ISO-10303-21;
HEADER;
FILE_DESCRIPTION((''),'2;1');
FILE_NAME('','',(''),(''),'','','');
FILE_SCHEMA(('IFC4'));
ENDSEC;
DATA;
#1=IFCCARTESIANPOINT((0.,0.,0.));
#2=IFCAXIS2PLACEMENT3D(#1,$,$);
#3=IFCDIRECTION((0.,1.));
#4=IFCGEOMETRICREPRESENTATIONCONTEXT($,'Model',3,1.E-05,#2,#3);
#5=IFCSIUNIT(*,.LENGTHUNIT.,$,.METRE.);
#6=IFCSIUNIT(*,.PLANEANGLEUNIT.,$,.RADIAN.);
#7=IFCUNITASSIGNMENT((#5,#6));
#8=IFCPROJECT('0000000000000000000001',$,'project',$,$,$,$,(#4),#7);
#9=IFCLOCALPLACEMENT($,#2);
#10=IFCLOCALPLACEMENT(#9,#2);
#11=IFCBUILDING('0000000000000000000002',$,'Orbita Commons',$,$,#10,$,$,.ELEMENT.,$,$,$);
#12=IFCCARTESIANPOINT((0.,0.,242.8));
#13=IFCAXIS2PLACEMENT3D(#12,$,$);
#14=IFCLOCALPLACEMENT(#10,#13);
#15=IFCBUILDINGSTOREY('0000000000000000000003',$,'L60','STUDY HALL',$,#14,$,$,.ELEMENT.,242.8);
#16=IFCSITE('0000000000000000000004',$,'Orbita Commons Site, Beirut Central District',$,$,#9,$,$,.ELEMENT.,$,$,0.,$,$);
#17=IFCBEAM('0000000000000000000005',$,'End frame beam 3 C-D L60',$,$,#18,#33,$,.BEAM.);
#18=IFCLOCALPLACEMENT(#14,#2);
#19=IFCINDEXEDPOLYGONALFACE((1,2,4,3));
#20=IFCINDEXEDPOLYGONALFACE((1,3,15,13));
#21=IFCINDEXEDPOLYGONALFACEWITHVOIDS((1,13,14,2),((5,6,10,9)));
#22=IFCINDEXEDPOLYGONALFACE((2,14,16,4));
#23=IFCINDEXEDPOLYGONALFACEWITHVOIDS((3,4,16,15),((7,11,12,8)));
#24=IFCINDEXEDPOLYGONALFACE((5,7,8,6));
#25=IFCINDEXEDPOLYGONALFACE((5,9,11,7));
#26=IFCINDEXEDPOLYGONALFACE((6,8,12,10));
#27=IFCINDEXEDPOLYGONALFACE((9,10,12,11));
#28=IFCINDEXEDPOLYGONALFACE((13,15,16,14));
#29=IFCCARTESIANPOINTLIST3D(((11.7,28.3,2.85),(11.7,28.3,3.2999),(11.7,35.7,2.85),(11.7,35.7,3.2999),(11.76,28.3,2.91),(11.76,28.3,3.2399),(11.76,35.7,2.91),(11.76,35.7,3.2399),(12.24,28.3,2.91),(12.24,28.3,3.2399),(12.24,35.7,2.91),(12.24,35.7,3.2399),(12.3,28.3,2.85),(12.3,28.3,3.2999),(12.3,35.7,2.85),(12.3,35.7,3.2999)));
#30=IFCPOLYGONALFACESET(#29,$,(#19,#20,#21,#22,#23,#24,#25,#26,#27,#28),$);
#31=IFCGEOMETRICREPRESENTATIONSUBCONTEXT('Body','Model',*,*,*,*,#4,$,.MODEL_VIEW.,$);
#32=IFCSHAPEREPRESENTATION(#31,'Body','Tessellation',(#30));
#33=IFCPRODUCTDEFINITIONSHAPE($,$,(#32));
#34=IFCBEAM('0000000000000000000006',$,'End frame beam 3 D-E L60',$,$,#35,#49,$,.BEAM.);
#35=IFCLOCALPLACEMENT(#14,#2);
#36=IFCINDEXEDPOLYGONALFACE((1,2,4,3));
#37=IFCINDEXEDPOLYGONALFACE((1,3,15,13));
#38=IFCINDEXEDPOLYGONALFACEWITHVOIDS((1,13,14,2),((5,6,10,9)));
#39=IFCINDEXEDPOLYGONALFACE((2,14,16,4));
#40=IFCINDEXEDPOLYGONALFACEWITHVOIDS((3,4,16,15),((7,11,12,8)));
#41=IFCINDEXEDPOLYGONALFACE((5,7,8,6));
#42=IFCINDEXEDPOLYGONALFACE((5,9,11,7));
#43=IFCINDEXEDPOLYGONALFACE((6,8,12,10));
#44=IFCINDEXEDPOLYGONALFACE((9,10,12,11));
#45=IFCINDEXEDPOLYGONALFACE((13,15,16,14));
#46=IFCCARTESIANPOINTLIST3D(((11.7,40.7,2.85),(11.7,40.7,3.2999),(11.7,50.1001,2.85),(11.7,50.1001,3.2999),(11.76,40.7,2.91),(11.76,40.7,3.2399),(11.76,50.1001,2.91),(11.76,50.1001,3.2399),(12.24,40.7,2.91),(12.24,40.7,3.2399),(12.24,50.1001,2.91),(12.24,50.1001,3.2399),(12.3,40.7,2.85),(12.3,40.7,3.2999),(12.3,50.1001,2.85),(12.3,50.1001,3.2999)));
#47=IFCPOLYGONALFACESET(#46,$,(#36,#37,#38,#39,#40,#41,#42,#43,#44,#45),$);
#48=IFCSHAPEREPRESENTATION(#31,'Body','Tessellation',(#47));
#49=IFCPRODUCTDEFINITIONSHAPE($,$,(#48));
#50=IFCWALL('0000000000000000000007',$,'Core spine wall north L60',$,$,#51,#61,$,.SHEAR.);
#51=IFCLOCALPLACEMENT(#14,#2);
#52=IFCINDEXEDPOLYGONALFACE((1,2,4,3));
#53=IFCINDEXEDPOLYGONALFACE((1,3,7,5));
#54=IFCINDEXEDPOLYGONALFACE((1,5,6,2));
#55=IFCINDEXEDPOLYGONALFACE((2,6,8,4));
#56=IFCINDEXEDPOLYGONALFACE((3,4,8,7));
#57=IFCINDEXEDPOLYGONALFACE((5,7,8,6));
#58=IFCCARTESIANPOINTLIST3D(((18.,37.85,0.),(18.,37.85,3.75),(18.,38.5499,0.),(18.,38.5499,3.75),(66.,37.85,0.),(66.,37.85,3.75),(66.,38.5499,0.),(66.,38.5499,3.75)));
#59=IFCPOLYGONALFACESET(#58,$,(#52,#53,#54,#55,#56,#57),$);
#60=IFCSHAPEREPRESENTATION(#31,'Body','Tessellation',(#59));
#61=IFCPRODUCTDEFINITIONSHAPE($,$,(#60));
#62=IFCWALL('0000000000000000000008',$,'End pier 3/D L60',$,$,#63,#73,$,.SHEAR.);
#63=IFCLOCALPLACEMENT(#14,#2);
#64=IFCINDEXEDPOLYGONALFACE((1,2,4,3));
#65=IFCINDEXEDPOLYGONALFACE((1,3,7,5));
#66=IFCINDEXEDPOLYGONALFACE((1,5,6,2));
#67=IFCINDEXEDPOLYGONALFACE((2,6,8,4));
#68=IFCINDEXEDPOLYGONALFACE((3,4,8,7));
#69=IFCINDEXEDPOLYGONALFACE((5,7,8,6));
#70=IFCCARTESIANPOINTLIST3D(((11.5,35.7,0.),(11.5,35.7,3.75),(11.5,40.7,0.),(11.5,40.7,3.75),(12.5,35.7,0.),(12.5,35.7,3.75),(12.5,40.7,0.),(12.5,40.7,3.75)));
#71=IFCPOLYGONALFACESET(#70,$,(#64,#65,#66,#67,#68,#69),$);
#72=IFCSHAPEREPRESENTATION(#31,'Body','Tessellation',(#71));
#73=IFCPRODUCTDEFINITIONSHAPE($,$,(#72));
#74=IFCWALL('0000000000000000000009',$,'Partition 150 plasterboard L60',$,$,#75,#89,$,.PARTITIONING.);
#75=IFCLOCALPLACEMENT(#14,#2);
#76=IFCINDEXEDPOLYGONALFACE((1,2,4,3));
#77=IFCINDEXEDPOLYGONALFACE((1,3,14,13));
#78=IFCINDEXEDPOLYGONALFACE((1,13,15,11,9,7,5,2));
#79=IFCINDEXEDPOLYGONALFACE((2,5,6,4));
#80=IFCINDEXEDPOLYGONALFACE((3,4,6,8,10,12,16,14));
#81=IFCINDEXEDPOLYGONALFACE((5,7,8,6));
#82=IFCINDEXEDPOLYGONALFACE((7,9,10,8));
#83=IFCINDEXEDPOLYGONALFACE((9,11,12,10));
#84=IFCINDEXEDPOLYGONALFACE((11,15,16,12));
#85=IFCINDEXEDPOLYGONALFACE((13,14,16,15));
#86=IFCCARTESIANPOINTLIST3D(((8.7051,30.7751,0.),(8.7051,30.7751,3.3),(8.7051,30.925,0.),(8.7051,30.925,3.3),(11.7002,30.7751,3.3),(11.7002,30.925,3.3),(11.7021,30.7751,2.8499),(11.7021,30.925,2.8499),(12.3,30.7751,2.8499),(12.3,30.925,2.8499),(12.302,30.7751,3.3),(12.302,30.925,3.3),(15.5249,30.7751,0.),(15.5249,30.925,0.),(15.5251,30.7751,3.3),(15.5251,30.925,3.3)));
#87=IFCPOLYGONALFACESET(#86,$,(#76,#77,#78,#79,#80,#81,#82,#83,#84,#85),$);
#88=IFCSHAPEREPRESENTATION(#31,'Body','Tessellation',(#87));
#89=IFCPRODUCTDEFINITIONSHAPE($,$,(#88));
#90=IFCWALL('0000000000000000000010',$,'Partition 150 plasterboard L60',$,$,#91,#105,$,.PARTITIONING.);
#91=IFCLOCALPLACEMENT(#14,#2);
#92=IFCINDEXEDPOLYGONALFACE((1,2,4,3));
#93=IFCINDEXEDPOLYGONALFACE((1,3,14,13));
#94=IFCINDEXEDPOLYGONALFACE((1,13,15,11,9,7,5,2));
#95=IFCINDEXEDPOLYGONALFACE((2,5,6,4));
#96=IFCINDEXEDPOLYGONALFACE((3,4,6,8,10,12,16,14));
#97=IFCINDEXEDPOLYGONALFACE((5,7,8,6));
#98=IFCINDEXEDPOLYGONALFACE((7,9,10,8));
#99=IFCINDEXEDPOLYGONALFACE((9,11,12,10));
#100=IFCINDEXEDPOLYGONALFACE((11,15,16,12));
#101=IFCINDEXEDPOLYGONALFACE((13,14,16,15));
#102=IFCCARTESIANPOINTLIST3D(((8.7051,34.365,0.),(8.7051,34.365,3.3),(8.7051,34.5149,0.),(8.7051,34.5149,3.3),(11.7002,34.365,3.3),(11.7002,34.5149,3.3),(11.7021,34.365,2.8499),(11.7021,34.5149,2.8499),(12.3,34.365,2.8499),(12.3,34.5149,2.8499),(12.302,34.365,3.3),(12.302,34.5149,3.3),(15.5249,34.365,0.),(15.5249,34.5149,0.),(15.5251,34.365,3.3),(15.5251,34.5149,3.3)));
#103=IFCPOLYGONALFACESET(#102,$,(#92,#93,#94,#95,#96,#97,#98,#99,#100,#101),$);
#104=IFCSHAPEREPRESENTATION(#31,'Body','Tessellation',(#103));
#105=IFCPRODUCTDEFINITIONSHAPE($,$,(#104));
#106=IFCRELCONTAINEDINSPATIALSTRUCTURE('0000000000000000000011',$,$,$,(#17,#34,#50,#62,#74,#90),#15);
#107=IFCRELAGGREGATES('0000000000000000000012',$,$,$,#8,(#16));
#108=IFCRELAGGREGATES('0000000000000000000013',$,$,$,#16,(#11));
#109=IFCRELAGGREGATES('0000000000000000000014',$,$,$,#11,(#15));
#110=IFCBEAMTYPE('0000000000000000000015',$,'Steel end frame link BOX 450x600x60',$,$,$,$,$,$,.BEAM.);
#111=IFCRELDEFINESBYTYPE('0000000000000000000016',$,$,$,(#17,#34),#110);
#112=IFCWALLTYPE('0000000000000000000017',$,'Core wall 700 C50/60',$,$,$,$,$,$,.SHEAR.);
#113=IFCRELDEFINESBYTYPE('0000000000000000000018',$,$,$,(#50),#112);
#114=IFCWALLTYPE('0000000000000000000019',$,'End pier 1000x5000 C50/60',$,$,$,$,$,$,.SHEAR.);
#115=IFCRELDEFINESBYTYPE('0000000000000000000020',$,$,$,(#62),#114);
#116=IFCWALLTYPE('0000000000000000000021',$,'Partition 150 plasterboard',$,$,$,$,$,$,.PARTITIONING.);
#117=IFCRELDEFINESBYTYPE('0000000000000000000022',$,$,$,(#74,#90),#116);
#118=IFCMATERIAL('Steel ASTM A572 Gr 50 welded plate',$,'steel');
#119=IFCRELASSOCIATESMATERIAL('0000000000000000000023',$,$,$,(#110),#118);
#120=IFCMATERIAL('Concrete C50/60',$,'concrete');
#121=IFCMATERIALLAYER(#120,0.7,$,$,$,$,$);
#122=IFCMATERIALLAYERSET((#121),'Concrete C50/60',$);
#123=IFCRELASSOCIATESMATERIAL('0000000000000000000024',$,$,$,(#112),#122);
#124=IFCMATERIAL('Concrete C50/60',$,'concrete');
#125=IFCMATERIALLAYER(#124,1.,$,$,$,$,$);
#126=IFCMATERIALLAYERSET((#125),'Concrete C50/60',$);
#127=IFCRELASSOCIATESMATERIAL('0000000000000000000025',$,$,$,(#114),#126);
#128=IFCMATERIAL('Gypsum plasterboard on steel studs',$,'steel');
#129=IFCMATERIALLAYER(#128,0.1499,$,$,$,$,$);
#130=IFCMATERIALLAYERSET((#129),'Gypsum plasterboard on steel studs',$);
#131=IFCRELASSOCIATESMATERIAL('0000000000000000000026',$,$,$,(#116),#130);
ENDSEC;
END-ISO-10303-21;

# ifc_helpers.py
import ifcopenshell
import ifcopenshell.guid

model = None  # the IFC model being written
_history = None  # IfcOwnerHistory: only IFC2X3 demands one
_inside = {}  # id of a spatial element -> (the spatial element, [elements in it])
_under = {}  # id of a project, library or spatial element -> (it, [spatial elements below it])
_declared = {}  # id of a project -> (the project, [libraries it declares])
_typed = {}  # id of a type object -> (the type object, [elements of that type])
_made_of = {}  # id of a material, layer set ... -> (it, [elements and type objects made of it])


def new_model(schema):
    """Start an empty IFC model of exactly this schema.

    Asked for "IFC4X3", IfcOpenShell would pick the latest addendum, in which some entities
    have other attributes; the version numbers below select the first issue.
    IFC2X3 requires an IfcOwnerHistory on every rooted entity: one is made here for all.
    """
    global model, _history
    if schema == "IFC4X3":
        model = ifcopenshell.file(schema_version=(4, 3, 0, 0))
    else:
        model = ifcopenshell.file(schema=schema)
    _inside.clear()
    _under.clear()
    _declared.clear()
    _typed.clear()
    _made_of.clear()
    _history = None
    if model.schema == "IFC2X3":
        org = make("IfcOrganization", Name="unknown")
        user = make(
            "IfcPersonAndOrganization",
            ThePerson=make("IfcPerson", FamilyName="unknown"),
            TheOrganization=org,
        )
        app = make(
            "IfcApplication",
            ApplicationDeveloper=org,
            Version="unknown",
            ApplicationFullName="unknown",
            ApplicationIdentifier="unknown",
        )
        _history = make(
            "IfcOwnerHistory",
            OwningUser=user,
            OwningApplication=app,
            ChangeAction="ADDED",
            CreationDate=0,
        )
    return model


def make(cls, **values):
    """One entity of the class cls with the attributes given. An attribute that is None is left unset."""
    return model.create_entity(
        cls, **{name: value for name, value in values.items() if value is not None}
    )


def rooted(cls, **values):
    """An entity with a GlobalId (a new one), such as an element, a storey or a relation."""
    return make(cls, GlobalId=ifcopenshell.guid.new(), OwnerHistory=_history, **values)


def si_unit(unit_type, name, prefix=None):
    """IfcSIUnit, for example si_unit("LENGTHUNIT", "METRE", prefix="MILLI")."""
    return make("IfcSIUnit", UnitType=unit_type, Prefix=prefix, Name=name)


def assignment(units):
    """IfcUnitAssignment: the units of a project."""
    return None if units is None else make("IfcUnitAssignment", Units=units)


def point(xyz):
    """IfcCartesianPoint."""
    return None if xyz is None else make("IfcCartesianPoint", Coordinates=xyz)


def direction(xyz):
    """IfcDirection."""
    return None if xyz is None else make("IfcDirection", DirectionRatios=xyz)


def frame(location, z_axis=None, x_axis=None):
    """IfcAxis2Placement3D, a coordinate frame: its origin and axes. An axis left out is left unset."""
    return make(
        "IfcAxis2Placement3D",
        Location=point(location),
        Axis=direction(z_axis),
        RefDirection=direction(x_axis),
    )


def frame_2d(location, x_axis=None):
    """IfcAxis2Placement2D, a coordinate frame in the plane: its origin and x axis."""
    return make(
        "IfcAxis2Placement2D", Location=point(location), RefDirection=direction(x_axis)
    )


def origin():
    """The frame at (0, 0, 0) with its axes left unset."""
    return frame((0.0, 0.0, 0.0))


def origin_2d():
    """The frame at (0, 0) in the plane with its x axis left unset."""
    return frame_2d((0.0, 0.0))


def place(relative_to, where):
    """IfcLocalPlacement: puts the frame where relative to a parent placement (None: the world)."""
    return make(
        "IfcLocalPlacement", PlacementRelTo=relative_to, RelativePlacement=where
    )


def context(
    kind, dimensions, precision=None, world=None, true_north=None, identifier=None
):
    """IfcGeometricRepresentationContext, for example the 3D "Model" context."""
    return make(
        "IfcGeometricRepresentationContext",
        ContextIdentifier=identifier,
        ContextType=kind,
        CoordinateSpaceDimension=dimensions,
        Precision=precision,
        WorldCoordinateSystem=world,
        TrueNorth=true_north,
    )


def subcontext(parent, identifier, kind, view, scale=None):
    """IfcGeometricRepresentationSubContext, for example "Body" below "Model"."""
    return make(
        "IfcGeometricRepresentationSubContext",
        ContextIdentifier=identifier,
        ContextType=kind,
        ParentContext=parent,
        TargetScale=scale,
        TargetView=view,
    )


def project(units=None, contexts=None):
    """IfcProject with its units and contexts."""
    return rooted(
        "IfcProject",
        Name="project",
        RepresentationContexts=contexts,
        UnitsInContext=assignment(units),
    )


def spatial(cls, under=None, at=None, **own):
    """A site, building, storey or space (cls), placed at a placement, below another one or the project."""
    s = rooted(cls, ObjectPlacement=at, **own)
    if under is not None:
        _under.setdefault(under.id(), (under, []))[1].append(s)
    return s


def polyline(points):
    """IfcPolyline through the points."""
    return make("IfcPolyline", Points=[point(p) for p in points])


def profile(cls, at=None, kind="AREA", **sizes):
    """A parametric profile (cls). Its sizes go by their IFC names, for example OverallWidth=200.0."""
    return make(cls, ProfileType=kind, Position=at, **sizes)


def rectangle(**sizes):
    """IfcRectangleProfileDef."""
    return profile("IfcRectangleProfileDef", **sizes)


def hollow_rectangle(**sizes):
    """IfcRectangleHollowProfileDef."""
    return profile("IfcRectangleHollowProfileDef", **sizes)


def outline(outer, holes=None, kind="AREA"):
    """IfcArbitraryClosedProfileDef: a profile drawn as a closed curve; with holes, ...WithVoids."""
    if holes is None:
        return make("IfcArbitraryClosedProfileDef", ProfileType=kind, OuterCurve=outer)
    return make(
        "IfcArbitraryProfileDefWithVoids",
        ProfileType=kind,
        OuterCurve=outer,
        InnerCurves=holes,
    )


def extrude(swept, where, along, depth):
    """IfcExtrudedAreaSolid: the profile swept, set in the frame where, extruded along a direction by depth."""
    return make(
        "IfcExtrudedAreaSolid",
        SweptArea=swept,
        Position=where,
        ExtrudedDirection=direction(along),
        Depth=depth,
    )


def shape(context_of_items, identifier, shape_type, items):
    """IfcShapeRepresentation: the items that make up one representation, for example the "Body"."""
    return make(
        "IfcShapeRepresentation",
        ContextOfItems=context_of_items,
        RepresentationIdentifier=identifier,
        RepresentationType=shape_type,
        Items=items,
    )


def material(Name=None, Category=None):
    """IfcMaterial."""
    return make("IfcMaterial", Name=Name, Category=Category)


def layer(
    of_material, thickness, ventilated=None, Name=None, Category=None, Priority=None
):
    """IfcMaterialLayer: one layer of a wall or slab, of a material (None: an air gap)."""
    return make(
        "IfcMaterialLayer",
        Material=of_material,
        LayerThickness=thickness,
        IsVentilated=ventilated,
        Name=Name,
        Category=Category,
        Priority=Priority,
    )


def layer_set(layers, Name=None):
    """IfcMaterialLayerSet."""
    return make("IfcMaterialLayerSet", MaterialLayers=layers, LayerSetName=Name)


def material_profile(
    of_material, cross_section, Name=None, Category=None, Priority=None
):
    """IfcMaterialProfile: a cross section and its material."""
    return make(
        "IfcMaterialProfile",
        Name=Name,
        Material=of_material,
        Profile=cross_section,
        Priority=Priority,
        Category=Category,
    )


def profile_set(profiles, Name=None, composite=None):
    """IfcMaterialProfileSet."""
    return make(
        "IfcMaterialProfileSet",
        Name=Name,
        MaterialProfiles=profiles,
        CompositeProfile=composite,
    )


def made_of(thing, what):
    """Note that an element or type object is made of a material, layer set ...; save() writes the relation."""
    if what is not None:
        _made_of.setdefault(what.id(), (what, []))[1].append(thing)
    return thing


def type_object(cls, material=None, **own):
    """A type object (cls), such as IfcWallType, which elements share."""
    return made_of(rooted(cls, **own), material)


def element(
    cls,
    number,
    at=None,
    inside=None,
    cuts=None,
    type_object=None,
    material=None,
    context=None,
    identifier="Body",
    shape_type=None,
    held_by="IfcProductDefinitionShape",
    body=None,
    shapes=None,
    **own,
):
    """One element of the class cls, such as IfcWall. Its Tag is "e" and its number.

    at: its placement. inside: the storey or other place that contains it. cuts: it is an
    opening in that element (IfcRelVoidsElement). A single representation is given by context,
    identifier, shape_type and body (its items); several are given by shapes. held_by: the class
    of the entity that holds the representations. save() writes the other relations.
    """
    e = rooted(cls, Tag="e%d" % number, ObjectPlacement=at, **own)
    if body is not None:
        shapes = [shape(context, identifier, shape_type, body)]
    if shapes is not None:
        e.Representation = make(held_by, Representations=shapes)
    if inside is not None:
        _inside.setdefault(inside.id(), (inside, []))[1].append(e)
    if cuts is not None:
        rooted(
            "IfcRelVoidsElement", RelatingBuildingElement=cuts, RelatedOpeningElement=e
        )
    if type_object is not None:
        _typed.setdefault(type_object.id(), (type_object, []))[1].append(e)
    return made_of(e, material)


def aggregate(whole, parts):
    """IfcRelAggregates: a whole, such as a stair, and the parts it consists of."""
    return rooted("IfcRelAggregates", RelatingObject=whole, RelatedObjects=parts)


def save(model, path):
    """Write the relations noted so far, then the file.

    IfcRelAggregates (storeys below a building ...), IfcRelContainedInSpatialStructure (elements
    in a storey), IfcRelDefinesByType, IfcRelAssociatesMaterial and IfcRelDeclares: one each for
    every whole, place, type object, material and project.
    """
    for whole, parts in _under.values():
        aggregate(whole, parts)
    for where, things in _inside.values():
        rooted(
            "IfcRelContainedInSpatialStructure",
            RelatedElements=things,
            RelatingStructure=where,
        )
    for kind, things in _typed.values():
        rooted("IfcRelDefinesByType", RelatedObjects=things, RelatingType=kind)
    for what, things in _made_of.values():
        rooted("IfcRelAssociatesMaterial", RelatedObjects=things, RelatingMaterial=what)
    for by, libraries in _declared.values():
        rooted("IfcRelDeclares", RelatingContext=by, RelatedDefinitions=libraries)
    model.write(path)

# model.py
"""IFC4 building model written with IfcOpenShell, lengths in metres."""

from ifc_helpers import new_model, si_unit, direction, frame, frame_2d, origin, origin_2d, place, context, subcontext, project, spatial, polyline, rectangle, hollow_rectangle, outline, extrude, material, layer, layer_set, material_profile, profile_set, type_object, element, save


model = new_model("IFC4")

# Units and contexts
model_context = context("Model", 3, precision=1e-05, world=origin(), true_north=direction((0.0, 1.0)))
body_context = subcontext(model_context, "Body", "Model", "MODEL_VIEW")
ifc_project = project(units=[si_unit("LENGTHUNIT", "METRE"), si_unit("PLANEANGLEUNIT", "RADIAN")], contexts=[model_context])

# Site, building, storey
site_placement = place(None, origin())
site = spatial("IfcSite", under=ifc_project, at=site_placement, Name="Orbita Commons Site, Beirut Central District", CompositionType="ELEMENT", RefElevation=0.0)
building_placement = place(site_placement, origin())
building = spatial("IfcBuilding", under=site, at=building_placement, Name="Orbita Commons", CompositionType="ELEMENT")
storey_placement = place(building_placement, frame((0.0, 0.0, 242.8)))
storey = spatial("IfcBuildingStorey", under=building, at=storey_placement, Name="L60", Description="STUDY HALL", CompositionType="ELEMENT", Elevation=242.8)

# Beams
ifc_material_1 = material(Name="Steel ASTM A572 Gr 50 welded plate", Category="steel")
ifc_material_profile = material_profile(ifc_material_1, hollow_rectangle(XDim=0.6001, YDim=0.45, WallThickness=0.0601, at=origin_2d()), Name="BOX 450x600x60")
ifc_profile_set = profile_set([ifc_material_profile], Name="Steel ASTM A572 Gr 50 welded plate")
beam_type = type_object("IfcBeamType", Name="Steel end frame link BOX 450x600x60", PredefinedType="BEAM", material=ifc_profile_set)
beam_1_placement = place(storey_placement, frame((12.0, 28.3, 3.075), z_axis=(0.0, 1.0, 0.0), x_axis=(-1.0, 0.0, 0.0)))
element("IfcBeam", 1, at=beam_1_placement, inside=storey, type_object=beam_type, Name="End frame beam 3 C-D L60", PredefinedType="BEAM", context=body_context, shape_type="SweptSolid", body=[
    extrude(hollow_rectangle(XDim=0.6001, YDim=0.45, WallThickness=0.0601, at=origin_2d()), origin(), (0.0, 0.0, 1.0), 7.3999),
])
beam_2_placement = place(storey_placement, frame((12.0, 40.7, 3.075), z_axis=(0.0, 1.0, 0.0), x_axis=(-1.0, 0.0, 0.0)))
element("IfcBeam", 2, at=beam_2_placement, inside=storey, type_object=beam_type, Name="End frame beam 3 D-E L60", PredefinedType="BEAM", context=body_context, shape_type="SweptSolid", body=[
    extrude(hollow_rectangle(XDim=0.6001, YDim=0.45, WallThickness=0.0601, at=origin_2d()), origin(), (0.0, 0.0, 1.0), 9.4001),
])

# Walls
ifc_material_2 = material(Name="Concrete C50/60", Category="concrete")
ifc_layer_1 = layer(ifc_material_2, 0.7)
ifc_layer_set_1 = layer_set([ifc_layer_1], Name="Concrete C50/60")
wall_type_1 = type_object("IfcWallType", Name="Core wall 700 C50/60", PredefinedType="SHEAR", material=ifc_layer_set_1)
wall_1_placement = place(storey_placement, frame((18.0, 38.2, 0.0), z_axis=(0.0, 0.0, 1.0), x_axis=(1.0, 0.0, 0.0)))
element("IfcWall", 3, at=wall_1_placement, inside=storey, type_object=wall_type_1, Name="Core spine wall north L60", PredefinedType="SHEAR", context=body_context, shape_type="SweptSolid", body=[
    extrude(rectangle(XDim=48.0, YDim=0.7, at=frame_2d((24.0, 0.0))), origin(), (0.0, 0.0, 1.0), 3.75),
])
ifc_material_3 = material(Name="Concrete C50/60", Category="concrete")
ifc_layer_2 = layer(ifc_material_3, 1.0)
ifc_layer_set_2 = layer_set([ifc_layer_2], Name="Concrete C50/60")
wall_type_2 = type_object("IfcWallType", Name="End pier 1000x5000 C50/60", PredefinedType="SHEAR", material=ifc_layer_set_2)
wall_2_placement = place(storey_placement, frame((12.0, 35.7, 0.0), z_axis=(0.0, 0.0, 1.0), x_axis=(0.0, 1.0, 0.0)))
element("IfcWall", 4, at=wall_2_placement, inside=storey, type_object=wall_type_2, Name="End pier 3/D L60", PredefinedType="SHEAR", context=body_context, shape_type="SweptSolid", body=[
    extrude(rectangle(XDim=5.0, YDim=1.0, at=frame_2d((2.5, 0.0))), origin(), (0.0, 0.0, 1.0), 3.75),
])
ifc_material_4 = material(Name="Gypsum plasterboard on steel studs", Category="steel")
ifc_layer_3 = layer(ifc_material_4, 0.1499)
ifc_layer_set_3 = layer_set([ifc_layer_3], Name="Gypsum plasterboard on steel studs")
wall_type_3 = type_object("IfcWallType", Name="Partition 150 plasterboard", PredefinedType="PARTITIONING", material=ifc_layer_set_3)
for number, where, z_axis, x_axis, name in (
    (5, (8.7051, 30.8501, 0.0), (0.0, 0.0, 1.0), (1.0, 0.0, 0.0), "Partition 150 plasterboard L60"),
    (6, (8.7051, 34.4399, 0.0), (0.0, 0.0, 1.0), (1.0, 0.0, 0.0), "Partition 150 plasterboard L60"),
):
    element("IfcWall", number, at=place(storey_placement, frame(where, z_axis=z_axis, x_axis=x_axis)), inside=storey, type_object=wall_type_3, Name=name, PredefinedType="PARTITIONING", context=body_context, shape_type="SweptSolid", body=[
        extrude(outline(polyline([(0.0, 0.0), (6.8198, 0.0), (6.8201, 3.3), (3.5969, 3.3), (3.595, 2.8499), (2.9971, 2.8499), (2.9951, 3.3), (0.0, 3.3), (0.0, 0.0)])), frame((0.0, 0.075, 0.0), z_axis=(0.0, -1.0, 0.0), x_axis=(1.0, 0.0, 0.0)), (0.0, 0.0, 1.0), 0.1499),
    ])

save(model, "model.ifc")
